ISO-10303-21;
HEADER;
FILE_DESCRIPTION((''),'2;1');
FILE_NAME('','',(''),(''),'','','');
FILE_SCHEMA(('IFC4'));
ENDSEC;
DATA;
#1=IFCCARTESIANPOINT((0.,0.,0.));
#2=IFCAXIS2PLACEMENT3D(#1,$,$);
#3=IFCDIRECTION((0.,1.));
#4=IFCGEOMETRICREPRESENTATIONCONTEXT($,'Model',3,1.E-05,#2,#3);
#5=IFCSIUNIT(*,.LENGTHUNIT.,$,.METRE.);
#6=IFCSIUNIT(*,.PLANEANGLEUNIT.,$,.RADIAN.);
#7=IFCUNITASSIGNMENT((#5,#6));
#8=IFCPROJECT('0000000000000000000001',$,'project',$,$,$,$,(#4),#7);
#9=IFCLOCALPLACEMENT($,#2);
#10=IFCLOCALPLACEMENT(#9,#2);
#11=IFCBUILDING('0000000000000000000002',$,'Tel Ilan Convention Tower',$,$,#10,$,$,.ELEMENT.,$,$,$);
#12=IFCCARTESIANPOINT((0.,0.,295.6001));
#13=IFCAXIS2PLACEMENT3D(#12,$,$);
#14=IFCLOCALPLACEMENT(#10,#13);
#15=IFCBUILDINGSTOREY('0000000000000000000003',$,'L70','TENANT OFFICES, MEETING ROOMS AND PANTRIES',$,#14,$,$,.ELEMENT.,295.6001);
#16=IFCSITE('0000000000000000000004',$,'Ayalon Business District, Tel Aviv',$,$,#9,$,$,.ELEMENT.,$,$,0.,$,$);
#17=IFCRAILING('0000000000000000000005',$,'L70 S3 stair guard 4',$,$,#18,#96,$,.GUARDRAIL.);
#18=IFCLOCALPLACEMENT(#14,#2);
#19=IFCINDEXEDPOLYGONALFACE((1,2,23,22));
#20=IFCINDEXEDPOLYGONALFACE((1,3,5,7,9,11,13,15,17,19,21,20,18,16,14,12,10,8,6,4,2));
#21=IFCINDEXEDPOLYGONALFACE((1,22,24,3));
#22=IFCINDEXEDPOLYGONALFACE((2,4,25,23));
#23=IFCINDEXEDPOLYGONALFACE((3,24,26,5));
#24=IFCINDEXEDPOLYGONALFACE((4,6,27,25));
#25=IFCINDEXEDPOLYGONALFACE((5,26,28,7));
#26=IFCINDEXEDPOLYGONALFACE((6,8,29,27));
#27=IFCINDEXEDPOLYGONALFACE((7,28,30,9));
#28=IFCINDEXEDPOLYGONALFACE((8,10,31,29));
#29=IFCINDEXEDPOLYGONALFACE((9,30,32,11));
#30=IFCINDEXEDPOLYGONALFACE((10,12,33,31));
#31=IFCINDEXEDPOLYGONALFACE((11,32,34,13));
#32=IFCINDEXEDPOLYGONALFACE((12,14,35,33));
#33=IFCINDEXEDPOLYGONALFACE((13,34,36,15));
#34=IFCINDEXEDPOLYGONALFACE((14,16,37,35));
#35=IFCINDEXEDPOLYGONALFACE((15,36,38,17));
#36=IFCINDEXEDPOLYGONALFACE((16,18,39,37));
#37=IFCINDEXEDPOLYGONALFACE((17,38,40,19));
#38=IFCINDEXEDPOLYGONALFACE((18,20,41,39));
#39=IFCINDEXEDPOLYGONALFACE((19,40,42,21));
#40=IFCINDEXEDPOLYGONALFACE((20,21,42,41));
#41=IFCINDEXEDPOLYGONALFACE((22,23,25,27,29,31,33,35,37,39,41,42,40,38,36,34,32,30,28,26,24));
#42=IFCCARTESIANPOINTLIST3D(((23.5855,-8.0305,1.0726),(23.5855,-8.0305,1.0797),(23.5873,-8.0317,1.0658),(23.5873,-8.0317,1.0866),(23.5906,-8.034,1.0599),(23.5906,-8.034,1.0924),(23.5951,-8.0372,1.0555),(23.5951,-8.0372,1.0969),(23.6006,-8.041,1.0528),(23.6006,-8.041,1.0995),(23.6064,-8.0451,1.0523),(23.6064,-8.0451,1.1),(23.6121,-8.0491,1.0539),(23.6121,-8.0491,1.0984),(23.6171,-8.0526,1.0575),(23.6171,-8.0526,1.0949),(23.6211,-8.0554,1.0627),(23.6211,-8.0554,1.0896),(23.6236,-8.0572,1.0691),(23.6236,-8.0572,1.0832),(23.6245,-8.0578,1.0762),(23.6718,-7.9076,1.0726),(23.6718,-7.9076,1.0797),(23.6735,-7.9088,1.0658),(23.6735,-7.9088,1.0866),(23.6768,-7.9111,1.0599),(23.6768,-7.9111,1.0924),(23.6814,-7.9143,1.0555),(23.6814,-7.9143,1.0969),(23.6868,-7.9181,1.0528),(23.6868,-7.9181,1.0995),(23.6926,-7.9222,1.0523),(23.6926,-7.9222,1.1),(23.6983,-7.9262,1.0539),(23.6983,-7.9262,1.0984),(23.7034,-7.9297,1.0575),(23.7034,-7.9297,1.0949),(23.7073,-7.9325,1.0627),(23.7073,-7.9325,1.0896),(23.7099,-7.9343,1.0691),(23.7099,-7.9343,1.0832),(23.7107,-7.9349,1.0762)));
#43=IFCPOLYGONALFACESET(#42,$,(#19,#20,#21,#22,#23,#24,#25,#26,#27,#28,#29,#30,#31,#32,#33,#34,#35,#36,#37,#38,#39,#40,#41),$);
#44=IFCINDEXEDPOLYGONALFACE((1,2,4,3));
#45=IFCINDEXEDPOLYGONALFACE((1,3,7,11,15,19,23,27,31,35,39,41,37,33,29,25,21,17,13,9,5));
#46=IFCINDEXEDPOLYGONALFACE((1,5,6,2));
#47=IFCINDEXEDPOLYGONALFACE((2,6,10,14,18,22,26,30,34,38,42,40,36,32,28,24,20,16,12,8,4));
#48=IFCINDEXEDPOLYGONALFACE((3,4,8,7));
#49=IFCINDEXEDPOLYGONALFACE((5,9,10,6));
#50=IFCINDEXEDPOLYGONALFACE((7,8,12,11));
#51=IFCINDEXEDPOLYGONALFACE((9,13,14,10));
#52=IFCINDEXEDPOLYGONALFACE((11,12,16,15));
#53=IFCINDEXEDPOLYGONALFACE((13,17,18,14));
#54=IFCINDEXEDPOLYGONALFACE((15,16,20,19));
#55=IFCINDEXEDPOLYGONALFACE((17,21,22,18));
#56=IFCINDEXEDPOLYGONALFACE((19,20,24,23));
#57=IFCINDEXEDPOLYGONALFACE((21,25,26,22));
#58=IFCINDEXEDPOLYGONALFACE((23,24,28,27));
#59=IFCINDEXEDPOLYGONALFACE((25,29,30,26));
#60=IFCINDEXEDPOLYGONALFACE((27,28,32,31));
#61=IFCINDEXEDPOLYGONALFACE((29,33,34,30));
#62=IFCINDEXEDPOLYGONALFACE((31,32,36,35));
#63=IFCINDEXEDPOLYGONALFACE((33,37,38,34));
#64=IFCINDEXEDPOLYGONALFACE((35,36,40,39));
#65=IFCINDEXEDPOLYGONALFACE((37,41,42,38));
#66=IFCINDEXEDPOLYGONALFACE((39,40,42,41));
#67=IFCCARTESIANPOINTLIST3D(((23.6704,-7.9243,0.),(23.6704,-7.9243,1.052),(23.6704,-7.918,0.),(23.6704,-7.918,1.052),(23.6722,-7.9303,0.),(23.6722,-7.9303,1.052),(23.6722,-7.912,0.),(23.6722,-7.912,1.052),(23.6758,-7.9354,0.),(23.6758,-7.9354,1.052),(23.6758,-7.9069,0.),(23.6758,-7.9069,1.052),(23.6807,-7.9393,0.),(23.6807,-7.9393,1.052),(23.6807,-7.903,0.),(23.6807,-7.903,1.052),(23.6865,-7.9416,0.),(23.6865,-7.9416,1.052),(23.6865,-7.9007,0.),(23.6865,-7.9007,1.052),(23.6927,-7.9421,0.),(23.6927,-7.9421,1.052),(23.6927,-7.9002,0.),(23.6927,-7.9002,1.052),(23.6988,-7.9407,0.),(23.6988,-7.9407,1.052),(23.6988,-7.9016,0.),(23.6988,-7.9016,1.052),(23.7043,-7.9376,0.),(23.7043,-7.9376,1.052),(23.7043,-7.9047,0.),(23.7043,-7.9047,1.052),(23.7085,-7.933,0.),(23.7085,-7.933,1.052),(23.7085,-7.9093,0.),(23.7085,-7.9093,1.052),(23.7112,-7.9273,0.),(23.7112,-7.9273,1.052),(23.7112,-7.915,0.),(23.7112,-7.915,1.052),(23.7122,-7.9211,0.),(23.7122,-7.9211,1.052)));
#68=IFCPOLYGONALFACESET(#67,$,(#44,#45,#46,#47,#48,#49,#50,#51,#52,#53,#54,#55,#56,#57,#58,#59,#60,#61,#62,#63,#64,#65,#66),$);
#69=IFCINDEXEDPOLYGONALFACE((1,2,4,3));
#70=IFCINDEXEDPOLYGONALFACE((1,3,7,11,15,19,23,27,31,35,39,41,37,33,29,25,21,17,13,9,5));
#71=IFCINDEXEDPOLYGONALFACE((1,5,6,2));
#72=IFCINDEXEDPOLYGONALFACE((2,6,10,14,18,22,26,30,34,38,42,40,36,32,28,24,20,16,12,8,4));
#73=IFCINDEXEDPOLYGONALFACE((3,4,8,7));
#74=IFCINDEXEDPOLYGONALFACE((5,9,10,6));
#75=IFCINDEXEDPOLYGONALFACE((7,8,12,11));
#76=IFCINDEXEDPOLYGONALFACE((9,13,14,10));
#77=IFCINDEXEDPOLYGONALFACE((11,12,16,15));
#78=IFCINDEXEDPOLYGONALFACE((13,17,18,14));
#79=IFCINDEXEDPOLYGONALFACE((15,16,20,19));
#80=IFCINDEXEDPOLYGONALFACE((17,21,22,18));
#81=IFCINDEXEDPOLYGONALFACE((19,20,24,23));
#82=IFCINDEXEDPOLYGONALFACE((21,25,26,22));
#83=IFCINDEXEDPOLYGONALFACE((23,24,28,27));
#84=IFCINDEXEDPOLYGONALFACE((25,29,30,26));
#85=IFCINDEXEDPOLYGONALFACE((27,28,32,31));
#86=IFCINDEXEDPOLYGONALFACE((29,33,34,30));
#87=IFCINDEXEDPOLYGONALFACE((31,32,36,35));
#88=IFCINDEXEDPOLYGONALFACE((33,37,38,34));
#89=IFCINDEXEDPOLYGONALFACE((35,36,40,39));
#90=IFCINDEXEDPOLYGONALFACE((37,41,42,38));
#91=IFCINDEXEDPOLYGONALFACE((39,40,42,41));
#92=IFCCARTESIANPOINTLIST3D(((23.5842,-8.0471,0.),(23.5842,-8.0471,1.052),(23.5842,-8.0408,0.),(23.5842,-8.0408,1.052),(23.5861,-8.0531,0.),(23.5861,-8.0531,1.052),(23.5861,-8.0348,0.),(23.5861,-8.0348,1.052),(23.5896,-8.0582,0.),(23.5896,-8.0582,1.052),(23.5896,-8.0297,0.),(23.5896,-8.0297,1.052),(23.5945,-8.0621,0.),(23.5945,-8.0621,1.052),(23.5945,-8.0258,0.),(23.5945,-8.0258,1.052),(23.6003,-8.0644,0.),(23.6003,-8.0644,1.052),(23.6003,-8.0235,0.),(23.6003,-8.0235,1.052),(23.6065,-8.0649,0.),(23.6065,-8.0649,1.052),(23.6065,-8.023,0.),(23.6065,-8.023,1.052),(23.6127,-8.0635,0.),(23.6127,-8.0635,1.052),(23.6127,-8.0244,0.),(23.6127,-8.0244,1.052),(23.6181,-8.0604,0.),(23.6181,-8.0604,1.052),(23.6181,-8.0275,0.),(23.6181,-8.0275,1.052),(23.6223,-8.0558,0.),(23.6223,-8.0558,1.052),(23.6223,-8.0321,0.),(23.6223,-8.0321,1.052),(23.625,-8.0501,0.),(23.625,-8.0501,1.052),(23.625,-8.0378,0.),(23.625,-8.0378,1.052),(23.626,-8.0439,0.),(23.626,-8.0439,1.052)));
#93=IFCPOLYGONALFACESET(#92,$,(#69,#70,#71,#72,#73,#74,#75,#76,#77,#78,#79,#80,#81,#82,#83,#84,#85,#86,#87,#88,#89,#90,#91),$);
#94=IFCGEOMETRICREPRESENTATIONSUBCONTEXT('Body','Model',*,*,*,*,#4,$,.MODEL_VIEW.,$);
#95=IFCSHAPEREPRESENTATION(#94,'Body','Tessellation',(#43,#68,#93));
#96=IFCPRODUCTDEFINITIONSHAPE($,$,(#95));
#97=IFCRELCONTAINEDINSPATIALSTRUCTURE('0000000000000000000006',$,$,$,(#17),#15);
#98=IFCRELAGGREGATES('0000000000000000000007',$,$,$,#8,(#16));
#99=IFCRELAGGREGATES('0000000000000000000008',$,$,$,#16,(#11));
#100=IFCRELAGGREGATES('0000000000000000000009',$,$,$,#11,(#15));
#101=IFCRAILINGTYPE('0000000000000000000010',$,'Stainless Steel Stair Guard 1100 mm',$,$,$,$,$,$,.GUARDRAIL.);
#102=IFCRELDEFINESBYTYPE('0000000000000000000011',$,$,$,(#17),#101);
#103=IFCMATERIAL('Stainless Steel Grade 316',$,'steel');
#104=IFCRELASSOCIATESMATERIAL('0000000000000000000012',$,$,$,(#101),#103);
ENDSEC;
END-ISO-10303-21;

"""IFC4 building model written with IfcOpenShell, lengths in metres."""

from ifc_helpers import new_model, si_unit, direction, frame, origin, origin_2d, place, context, subcontext, project, spatial, circle, extrude, material, type_object, element, save


model = new_model("IFC4")

# Units and contexts
model_context = context("Model", 3, precision=1e-05, world=origin(), true_north=direction((0.0, 1.0)))
body_context = subcontext(model_context, "Body", "Model", "MODEL_VIEW")
ifc_project = project(units=[si_unit("LENGTHUNIT", "METRE"), si_unit("PLANEANGLEUNIT", "RADIAN")], contexts=[model_context])

# Site, building, storey
site_placement = place(None, origin())
site = spatial("IfcSite", under=ifc_project, at=site_placement, Name="Ayalon Business District, Tel Aviv", CompositionType="ELEMENT", RefElevation=0.0)
building_placement = place(site_placement, origin())
building = spatial("IfcBuilding", under=site, at=building_placement, Name="Tel Ilan Convention Tower", CompositionType="ELEMENT")
storey_placement = place(building_placement, frame((0.0, 0.0, 295.6001)))
storey = spatial("IfcBuildingStorey", under=building, at=storey_placement, Name="L70", Description="TENANT OFFICES, MEETING ROOMS AND PANTRIES", CompositionType="ELEMENT", Elevation=295.6001)

# Railing
ifc_material_1 = material(Name="Stainless Steel Grade 316", Category="steel")
railing_type_1 = type_object("IfcRailingType", Name="Stainless Steel Stair Guard 1100 mm", PredefinedType="GUARDRAIL", material=ifc_material_1)
railing_1_placement = place(storey_placement, frame((23.6912, -7.9211, 0.0)))
element("IfcRailing", 1, at=railing_1_placement, inside=storey, type_object=railing_type_1, Name="L70 S3 stair guard 4", PredefinedType="GUARDRAIL", context=body_context, shape_type="SweptSolid", body=[
    extrude(circle(Radius=0.0239, at=origin_2d()), frame((0.0, 0.0, 1.0762), z_axis=(-0.574445, -0.818543, 0.0), x_axis=(0.818543, -0.574445, 0.0)), (0.0, 0.0, 1.0), 0.1501),
    extrude(circle(Radius=0.021, at=origin_2d()), origin(), (0.0, 0.0, 1.0), 1.052),
    extrude(circle(Radius=0.021, at=origin_2d()), frame((-0.0862, -0.1228, 0.0)), (0.0, 0.0, 1.0), 1.052),
])

save(model, "model.ifc")
